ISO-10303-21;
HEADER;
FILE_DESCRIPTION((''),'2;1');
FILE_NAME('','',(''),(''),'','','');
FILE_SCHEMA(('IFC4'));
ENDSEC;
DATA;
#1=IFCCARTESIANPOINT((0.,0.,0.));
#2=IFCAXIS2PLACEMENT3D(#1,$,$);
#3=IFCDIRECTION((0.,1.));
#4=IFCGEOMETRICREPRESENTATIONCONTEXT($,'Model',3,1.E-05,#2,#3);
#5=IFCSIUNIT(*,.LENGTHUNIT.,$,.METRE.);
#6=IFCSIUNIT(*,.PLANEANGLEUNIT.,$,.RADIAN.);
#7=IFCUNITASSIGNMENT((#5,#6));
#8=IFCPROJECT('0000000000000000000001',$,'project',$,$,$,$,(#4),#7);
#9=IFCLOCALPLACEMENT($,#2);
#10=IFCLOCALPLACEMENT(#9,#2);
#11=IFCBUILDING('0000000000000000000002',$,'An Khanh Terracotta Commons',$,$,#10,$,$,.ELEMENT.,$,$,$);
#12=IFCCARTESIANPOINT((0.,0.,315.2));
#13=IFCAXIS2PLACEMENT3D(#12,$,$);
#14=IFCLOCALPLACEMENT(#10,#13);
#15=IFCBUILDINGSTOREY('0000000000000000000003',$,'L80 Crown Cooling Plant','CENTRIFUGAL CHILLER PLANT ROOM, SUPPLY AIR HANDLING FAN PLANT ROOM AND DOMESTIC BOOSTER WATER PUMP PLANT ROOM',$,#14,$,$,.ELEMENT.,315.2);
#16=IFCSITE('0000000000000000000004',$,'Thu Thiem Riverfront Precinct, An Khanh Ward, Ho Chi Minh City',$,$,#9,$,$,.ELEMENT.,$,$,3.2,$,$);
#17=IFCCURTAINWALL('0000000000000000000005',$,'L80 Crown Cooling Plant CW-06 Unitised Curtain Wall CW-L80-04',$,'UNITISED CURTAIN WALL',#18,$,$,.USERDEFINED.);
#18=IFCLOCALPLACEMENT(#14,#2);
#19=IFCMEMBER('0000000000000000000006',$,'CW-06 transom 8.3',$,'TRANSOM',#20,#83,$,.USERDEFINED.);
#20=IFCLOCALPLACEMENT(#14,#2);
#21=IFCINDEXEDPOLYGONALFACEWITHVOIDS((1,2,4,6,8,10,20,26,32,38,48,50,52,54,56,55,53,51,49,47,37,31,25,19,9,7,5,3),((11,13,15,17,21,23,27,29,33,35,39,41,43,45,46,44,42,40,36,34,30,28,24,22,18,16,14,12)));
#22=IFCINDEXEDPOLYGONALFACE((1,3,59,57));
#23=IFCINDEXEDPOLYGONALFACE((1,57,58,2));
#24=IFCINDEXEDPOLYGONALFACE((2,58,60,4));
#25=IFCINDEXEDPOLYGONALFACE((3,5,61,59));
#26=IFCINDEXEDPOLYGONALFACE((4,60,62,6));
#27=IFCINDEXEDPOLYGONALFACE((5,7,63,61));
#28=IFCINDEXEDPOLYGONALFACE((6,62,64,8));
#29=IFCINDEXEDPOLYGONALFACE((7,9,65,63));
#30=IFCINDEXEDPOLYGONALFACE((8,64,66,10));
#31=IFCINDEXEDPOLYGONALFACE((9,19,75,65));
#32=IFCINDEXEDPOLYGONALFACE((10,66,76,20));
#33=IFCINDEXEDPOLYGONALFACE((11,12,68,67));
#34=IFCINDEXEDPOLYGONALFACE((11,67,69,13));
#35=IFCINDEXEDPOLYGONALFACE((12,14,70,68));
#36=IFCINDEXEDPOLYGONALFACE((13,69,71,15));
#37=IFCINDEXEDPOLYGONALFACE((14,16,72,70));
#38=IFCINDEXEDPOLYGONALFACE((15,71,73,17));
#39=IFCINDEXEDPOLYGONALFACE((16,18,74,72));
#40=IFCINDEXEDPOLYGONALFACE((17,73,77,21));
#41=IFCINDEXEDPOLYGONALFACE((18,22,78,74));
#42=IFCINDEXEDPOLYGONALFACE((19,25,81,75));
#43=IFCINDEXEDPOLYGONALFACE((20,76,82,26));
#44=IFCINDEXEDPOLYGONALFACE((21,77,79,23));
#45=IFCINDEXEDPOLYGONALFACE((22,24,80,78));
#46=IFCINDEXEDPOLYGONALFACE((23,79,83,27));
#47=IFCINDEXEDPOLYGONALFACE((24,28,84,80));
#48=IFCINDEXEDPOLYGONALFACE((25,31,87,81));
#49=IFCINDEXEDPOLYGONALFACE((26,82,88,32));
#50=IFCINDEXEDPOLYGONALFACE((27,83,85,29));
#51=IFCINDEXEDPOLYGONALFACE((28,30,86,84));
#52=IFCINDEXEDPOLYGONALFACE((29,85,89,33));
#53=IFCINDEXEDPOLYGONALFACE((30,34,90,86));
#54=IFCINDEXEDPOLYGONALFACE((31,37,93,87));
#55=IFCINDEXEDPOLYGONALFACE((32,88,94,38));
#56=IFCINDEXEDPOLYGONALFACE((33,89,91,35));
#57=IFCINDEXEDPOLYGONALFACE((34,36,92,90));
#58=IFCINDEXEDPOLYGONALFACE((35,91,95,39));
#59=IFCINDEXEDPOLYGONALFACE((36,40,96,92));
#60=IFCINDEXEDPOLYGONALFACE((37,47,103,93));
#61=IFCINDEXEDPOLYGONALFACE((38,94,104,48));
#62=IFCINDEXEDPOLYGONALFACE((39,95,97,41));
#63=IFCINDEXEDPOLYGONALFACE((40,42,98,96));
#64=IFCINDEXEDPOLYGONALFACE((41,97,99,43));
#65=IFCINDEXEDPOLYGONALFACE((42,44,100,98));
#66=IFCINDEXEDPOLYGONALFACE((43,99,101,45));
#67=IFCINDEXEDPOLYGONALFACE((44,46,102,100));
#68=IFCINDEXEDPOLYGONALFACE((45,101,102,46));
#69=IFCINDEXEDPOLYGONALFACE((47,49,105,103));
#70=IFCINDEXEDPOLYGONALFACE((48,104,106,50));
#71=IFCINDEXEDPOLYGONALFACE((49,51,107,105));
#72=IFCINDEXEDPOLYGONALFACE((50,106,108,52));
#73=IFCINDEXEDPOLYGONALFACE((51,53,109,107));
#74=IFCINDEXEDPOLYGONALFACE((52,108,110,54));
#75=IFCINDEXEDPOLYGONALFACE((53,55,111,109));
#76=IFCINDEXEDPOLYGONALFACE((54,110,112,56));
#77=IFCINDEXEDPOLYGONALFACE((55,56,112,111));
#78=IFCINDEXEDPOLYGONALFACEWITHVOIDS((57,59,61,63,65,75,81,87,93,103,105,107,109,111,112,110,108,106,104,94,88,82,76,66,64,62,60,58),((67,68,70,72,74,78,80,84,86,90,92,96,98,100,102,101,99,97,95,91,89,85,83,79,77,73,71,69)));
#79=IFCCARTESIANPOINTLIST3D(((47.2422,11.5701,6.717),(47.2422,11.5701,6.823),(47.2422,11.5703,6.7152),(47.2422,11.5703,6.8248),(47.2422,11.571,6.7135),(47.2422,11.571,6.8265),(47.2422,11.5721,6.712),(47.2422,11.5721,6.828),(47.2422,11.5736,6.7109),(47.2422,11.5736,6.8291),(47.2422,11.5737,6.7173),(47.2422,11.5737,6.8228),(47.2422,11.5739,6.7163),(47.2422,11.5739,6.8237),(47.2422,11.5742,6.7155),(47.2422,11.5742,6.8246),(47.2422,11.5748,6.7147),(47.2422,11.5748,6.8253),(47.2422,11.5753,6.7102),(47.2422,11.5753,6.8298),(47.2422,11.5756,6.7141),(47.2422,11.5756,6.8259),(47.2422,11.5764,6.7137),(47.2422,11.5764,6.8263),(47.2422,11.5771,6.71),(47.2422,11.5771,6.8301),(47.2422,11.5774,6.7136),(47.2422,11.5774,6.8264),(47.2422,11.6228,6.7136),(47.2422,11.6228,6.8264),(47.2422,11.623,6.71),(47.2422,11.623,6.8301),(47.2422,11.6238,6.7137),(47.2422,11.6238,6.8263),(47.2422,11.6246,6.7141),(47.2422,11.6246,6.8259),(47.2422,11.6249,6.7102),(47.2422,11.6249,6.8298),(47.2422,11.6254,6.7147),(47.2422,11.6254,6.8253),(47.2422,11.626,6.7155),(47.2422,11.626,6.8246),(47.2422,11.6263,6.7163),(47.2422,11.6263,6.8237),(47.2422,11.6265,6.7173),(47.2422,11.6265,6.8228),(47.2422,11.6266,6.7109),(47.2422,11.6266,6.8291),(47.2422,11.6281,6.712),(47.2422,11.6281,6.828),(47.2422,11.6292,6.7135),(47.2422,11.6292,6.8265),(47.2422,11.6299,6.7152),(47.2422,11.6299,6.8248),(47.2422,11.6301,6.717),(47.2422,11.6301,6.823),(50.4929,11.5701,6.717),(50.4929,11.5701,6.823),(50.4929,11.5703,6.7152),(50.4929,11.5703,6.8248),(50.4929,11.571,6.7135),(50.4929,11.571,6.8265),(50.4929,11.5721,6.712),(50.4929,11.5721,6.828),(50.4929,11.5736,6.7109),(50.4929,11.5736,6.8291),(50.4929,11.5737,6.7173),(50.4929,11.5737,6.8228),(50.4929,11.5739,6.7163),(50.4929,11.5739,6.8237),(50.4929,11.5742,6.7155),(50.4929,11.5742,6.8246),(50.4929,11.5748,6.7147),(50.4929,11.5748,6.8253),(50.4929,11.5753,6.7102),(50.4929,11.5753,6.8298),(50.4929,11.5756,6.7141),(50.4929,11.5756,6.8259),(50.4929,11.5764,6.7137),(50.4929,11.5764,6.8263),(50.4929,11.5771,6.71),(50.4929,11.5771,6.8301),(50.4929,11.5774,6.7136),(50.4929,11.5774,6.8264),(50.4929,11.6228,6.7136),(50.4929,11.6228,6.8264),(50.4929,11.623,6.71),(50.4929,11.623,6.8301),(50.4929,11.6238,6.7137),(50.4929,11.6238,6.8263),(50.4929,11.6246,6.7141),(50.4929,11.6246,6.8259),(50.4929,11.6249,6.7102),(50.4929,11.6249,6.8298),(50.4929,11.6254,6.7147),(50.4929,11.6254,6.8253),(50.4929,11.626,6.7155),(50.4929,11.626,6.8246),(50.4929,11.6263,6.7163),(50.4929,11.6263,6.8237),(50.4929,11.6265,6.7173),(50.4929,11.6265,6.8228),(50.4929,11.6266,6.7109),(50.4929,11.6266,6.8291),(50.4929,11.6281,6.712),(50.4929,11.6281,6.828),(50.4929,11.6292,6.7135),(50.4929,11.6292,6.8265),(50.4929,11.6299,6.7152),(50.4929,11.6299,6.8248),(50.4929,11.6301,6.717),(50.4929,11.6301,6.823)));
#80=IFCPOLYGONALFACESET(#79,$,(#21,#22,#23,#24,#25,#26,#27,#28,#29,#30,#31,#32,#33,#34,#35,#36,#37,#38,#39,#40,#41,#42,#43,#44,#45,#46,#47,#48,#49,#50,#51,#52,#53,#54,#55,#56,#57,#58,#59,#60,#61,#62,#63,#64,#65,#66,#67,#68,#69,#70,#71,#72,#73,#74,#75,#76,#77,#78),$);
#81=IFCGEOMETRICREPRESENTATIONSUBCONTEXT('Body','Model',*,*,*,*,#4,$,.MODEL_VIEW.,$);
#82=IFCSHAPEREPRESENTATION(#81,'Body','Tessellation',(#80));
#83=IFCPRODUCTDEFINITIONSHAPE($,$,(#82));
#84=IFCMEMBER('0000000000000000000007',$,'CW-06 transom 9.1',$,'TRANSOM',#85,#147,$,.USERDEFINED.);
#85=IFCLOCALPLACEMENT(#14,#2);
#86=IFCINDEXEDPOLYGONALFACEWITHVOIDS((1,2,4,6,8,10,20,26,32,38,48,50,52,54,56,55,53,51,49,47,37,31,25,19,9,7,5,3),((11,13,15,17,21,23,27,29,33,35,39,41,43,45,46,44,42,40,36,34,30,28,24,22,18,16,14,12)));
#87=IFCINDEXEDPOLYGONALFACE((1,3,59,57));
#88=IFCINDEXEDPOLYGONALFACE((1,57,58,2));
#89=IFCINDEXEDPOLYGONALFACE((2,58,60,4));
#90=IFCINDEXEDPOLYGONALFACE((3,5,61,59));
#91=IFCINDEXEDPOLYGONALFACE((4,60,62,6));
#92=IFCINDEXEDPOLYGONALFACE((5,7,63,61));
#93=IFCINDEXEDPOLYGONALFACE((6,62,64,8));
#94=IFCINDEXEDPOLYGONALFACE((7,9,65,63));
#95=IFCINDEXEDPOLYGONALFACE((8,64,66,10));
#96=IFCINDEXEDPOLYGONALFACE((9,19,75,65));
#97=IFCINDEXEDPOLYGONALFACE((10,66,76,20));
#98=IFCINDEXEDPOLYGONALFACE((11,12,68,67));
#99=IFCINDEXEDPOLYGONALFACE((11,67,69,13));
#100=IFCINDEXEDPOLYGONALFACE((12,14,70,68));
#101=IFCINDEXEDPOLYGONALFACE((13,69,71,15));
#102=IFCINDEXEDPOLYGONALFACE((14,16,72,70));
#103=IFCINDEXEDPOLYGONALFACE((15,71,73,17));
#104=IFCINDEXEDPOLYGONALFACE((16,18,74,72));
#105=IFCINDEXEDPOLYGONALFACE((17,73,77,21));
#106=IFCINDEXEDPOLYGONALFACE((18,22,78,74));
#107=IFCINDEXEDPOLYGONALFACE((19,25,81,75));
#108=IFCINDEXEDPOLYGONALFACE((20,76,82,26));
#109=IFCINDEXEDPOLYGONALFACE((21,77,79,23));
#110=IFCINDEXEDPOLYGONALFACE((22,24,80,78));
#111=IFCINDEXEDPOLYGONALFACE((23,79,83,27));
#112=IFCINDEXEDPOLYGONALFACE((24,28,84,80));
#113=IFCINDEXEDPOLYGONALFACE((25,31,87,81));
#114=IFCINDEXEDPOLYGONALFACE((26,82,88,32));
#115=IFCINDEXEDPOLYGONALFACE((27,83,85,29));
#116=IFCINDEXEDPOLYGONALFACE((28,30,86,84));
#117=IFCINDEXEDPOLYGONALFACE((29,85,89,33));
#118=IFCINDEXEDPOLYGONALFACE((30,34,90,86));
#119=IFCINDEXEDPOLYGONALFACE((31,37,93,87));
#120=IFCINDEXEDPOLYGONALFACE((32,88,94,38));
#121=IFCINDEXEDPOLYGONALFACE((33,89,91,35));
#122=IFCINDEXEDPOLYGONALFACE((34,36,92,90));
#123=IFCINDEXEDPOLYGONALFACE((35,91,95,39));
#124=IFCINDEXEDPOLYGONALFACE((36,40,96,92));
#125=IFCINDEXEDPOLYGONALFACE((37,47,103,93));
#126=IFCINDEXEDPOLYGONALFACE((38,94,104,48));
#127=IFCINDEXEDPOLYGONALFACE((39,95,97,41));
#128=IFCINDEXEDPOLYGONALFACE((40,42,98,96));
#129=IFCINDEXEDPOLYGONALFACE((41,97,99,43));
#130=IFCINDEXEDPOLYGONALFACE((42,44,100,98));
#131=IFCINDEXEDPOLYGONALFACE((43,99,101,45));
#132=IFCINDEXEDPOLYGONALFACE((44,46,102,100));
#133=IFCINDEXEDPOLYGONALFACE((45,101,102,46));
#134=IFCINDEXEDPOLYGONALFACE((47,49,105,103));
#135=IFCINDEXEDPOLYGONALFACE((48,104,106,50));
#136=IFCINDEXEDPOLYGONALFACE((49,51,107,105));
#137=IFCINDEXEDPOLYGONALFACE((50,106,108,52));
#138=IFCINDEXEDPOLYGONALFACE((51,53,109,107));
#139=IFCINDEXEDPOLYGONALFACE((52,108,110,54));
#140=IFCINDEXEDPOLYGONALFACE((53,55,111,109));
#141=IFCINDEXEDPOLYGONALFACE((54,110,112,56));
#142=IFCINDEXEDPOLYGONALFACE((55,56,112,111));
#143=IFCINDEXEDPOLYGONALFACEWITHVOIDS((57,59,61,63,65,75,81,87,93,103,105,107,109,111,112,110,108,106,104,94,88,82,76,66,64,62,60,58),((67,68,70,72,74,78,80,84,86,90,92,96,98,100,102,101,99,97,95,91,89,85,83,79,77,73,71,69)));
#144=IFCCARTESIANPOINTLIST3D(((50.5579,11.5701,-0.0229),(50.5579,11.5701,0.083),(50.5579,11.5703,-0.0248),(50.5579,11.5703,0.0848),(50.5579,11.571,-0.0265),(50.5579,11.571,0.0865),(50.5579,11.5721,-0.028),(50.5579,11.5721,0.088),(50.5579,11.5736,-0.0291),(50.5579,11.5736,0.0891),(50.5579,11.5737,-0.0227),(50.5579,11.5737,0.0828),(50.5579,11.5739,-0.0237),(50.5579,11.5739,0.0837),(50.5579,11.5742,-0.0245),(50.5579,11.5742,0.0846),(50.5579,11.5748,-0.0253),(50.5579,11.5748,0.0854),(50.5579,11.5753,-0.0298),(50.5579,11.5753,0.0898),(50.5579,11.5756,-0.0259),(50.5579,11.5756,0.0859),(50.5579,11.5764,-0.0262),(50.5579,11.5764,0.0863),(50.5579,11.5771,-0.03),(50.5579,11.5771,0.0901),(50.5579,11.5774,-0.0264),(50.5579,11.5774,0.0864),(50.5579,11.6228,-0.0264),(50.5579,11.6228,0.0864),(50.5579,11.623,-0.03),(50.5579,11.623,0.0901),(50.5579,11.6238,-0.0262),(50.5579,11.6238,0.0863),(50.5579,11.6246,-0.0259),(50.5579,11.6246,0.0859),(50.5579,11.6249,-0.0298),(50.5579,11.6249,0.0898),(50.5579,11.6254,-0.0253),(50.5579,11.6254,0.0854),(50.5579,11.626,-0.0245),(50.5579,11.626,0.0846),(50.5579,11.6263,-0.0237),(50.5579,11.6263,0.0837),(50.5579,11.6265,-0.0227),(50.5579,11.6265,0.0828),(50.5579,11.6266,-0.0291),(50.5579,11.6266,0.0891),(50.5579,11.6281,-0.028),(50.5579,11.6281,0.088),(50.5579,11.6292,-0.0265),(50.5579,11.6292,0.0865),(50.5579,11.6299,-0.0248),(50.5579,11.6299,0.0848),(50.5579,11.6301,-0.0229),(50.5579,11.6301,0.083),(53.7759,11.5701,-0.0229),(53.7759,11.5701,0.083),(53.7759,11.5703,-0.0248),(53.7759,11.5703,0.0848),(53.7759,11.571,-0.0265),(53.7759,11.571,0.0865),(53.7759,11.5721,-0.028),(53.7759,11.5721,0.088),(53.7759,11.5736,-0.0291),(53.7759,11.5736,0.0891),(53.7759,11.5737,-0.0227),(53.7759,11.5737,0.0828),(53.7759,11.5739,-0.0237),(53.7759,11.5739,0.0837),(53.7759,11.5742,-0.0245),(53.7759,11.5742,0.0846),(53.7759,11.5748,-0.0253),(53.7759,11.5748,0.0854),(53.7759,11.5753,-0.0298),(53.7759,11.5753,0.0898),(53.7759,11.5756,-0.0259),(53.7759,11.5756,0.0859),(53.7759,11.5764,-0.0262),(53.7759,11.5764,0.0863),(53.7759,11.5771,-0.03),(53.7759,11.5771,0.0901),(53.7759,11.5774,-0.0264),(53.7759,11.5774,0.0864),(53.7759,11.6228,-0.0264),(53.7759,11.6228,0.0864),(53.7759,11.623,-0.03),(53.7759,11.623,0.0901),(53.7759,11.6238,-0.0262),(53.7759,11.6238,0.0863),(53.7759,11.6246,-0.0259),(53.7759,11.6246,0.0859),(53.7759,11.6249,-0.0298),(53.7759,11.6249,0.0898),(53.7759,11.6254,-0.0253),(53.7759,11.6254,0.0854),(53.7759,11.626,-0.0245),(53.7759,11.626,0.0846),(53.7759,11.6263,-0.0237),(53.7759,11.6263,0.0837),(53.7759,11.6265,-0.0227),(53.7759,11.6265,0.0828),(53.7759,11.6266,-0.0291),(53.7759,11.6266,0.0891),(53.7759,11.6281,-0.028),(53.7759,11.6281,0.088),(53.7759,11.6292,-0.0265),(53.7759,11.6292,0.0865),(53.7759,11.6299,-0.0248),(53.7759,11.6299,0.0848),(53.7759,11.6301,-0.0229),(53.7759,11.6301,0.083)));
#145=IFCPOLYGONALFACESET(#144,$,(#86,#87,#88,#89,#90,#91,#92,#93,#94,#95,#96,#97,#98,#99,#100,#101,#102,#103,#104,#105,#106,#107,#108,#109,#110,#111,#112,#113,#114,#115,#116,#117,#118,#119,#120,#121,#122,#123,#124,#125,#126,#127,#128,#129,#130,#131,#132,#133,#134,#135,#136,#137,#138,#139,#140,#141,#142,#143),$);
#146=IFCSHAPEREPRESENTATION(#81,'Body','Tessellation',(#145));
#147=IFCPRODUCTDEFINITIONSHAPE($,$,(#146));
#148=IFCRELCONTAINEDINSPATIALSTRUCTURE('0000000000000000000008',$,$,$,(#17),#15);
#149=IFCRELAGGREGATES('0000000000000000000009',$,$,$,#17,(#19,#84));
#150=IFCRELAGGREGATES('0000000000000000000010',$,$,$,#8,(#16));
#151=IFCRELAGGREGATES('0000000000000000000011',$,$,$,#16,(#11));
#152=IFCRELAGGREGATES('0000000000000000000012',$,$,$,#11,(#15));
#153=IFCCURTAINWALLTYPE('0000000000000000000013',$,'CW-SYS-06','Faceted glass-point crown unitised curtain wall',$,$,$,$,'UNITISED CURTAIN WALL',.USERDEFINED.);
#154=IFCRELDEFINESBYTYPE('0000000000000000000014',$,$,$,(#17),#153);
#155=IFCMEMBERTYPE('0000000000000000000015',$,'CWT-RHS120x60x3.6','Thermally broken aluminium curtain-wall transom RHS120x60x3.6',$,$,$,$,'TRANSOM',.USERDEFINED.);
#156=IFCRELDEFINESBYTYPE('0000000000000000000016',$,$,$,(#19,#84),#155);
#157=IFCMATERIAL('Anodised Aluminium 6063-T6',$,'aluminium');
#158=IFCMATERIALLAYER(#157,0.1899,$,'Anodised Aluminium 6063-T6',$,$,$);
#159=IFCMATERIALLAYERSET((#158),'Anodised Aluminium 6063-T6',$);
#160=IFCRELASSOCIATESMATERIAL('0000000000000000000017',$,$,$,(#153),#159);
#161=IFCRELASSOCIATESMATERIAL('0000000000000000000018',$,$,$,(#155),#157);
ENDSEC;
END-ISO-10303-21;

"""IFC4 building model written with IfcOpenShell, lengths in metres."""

from ifc_helpers import new_model, si_unit, direction, frame, origin, origin_2d, place, context, subcontext, project, spatial, hollow_rectangle, extrude, material, layer, layer_set, material_profile, profile_set, type_object, element, aggregate, save


model = new_model("IFC4")

# Units and contexts
model_context = context("Model", 3, precision=1e-05, world=origin(), true_north=direction((0.0, 1.0)))
body_context = subcontext(model_context, "Body", "Model", "MODEL_VIEW")
ifc_project = project(units=[si_unit("LENGTHUNIT", "METRE"), si_unit("PLANEANGLEUNIT", "RADIAN")], contexts=[model_context])

# Site, building, storey
site_placement = place(None, origin())
site = spatial("IfcSite", under=ifc_project, at=site_placement, Name="Thu Thiem Riverfront Precinct, An Khanh Ward, Ho Chi Minh City", CompositionType="ELEMENT", RefElevation=3.2)
building_placement = place(site_placement, origin())
building = spatial("IfcBuilding", under=site, at=building_placement, Name="An Khanh Terracotta Commons", CompositionType="ELEMENT")
storey_placement = place(building_placement, frame((0.0, 0.0, 315.2)))
storey = spatial("IfcBuildingStorey", under=building, at=storey_placement, Name="L80 Crown Cooling Plant", Description="CENTRIFUGAL CHILLER PLANT ROOM, SUPPLY AIR HANDLING FAN PLANT ROOM AND DOMESTIC BOOSTER WATER PUMP PLANT ROOM", CompositionType="ELEMENT", Elevation=315.2)

# Curtain wall, members
ifc_material_1 = material(Name="Anodised Aluminium 6063-T6", Category="aluminium")
ifc_layer_1 = layer(ifc_material_1, 0.1899, Name="Anodised Aluminium 6063-T6")
ifc_layer_set_1 = layer_set([ifc_layer_1], Name="Anodised Aluminium 6063-T6")
curtain_wall_type = type_object("IfcCurtainWallType", Name="CW-SYS-06", Description="Faceted glass-point crown unitised curtain wall", ElementType="UNITISED CURTAIN WALL", PredefinedType="USERDEFINED", material=ifc_layer_set_1)
curtain_wall_placement = place(storey_placement, origin())
curtain_wall = element("IfcCurtainWall", 1, at=curtain_wall_placement, inside=storey, type_object=curtain_wall_type, Name="L80 Crown Cooling Plant CW-06 Unitised Curtain Wall CW-L80-04", ObjectType="UNITISED CURTAIN WALL", PredefinedType="USERDEFINED")
ifc_material_profile_1 = material_profile(ifc_material_1, hollow_rectangle(XDim=0.0601, YDim=0.1201, WallThickness=0.0037, InnerFilletRadius=0.0037, OuterFilletRadius=0.0071, at=origin_2d()), Name="RHS120x60x3.6")
ifc_profile_set_1 = profile_set([ifc_material_profile_1], Name="Anodised Aluminium 6063-T6")
member_type_1 = type_object("IfcMemberType", Name="CWT-RHS120x60x3.6", Description="Thermally broken aluminium curtain-wall transom RHS120x60x3.6", ElementType="TRANSOM", PredefinedType="USERDEFINED", material=ifc_profile_set_1)
member_1_placement = place(storey_placement, frame((47.2422, 11.6001, 6.77), z_axis=(1.0, 0.0, 0.0), x_axis=(0.0, 1.0, 0.0)))
member_1 = element("IfcMember", 2, at=member_1_placement, type_object=member_type_1, Name="CW-06 transom 8.3", ObjectType="TRANSOM", PredefinedType="USERDEFINED", context=body_context, shape_type="SweptSolid", body=[
    extrude(hollow_rectangle(XDim=0.0601, YDim=0.1201, WallThickness=0.0037, InnerFilletRadius=0.0037, OuterFilletRadius=0.0071, at=origin_2d()), origin(), (0.0, 0.0, 1.0), 3.2507),
])
member_2_placement = place(storey_placement, frame((50.5579, 11.6001, 0.03), z_axis=(1.0, 0.0, 0.0), x_axis=(0.0, 1.0, 0.0)))
member_2 = element("IfcMember", 3, at=member_2_placement, type_object=member_type_1, Name="CW-06 transom 9.1", ObjectType="TRANSOM", PredefinedType="USERDEFINED", context=body_context, shape_type="SweptSolid", body=[
    extrude(hollow_rectangle(XDim=0.0601, YDim=0.1201, WallThickness=0.0037, InnerFilletRadius=0.0037, OuterFilletRadius=0.0071, at=origin_2d()), origin(), (0.0, 0.0, 1.0), 3.218),
])

aggregate(curtain_wall, [member_1, member_2])

save(model, "model.ifc")
